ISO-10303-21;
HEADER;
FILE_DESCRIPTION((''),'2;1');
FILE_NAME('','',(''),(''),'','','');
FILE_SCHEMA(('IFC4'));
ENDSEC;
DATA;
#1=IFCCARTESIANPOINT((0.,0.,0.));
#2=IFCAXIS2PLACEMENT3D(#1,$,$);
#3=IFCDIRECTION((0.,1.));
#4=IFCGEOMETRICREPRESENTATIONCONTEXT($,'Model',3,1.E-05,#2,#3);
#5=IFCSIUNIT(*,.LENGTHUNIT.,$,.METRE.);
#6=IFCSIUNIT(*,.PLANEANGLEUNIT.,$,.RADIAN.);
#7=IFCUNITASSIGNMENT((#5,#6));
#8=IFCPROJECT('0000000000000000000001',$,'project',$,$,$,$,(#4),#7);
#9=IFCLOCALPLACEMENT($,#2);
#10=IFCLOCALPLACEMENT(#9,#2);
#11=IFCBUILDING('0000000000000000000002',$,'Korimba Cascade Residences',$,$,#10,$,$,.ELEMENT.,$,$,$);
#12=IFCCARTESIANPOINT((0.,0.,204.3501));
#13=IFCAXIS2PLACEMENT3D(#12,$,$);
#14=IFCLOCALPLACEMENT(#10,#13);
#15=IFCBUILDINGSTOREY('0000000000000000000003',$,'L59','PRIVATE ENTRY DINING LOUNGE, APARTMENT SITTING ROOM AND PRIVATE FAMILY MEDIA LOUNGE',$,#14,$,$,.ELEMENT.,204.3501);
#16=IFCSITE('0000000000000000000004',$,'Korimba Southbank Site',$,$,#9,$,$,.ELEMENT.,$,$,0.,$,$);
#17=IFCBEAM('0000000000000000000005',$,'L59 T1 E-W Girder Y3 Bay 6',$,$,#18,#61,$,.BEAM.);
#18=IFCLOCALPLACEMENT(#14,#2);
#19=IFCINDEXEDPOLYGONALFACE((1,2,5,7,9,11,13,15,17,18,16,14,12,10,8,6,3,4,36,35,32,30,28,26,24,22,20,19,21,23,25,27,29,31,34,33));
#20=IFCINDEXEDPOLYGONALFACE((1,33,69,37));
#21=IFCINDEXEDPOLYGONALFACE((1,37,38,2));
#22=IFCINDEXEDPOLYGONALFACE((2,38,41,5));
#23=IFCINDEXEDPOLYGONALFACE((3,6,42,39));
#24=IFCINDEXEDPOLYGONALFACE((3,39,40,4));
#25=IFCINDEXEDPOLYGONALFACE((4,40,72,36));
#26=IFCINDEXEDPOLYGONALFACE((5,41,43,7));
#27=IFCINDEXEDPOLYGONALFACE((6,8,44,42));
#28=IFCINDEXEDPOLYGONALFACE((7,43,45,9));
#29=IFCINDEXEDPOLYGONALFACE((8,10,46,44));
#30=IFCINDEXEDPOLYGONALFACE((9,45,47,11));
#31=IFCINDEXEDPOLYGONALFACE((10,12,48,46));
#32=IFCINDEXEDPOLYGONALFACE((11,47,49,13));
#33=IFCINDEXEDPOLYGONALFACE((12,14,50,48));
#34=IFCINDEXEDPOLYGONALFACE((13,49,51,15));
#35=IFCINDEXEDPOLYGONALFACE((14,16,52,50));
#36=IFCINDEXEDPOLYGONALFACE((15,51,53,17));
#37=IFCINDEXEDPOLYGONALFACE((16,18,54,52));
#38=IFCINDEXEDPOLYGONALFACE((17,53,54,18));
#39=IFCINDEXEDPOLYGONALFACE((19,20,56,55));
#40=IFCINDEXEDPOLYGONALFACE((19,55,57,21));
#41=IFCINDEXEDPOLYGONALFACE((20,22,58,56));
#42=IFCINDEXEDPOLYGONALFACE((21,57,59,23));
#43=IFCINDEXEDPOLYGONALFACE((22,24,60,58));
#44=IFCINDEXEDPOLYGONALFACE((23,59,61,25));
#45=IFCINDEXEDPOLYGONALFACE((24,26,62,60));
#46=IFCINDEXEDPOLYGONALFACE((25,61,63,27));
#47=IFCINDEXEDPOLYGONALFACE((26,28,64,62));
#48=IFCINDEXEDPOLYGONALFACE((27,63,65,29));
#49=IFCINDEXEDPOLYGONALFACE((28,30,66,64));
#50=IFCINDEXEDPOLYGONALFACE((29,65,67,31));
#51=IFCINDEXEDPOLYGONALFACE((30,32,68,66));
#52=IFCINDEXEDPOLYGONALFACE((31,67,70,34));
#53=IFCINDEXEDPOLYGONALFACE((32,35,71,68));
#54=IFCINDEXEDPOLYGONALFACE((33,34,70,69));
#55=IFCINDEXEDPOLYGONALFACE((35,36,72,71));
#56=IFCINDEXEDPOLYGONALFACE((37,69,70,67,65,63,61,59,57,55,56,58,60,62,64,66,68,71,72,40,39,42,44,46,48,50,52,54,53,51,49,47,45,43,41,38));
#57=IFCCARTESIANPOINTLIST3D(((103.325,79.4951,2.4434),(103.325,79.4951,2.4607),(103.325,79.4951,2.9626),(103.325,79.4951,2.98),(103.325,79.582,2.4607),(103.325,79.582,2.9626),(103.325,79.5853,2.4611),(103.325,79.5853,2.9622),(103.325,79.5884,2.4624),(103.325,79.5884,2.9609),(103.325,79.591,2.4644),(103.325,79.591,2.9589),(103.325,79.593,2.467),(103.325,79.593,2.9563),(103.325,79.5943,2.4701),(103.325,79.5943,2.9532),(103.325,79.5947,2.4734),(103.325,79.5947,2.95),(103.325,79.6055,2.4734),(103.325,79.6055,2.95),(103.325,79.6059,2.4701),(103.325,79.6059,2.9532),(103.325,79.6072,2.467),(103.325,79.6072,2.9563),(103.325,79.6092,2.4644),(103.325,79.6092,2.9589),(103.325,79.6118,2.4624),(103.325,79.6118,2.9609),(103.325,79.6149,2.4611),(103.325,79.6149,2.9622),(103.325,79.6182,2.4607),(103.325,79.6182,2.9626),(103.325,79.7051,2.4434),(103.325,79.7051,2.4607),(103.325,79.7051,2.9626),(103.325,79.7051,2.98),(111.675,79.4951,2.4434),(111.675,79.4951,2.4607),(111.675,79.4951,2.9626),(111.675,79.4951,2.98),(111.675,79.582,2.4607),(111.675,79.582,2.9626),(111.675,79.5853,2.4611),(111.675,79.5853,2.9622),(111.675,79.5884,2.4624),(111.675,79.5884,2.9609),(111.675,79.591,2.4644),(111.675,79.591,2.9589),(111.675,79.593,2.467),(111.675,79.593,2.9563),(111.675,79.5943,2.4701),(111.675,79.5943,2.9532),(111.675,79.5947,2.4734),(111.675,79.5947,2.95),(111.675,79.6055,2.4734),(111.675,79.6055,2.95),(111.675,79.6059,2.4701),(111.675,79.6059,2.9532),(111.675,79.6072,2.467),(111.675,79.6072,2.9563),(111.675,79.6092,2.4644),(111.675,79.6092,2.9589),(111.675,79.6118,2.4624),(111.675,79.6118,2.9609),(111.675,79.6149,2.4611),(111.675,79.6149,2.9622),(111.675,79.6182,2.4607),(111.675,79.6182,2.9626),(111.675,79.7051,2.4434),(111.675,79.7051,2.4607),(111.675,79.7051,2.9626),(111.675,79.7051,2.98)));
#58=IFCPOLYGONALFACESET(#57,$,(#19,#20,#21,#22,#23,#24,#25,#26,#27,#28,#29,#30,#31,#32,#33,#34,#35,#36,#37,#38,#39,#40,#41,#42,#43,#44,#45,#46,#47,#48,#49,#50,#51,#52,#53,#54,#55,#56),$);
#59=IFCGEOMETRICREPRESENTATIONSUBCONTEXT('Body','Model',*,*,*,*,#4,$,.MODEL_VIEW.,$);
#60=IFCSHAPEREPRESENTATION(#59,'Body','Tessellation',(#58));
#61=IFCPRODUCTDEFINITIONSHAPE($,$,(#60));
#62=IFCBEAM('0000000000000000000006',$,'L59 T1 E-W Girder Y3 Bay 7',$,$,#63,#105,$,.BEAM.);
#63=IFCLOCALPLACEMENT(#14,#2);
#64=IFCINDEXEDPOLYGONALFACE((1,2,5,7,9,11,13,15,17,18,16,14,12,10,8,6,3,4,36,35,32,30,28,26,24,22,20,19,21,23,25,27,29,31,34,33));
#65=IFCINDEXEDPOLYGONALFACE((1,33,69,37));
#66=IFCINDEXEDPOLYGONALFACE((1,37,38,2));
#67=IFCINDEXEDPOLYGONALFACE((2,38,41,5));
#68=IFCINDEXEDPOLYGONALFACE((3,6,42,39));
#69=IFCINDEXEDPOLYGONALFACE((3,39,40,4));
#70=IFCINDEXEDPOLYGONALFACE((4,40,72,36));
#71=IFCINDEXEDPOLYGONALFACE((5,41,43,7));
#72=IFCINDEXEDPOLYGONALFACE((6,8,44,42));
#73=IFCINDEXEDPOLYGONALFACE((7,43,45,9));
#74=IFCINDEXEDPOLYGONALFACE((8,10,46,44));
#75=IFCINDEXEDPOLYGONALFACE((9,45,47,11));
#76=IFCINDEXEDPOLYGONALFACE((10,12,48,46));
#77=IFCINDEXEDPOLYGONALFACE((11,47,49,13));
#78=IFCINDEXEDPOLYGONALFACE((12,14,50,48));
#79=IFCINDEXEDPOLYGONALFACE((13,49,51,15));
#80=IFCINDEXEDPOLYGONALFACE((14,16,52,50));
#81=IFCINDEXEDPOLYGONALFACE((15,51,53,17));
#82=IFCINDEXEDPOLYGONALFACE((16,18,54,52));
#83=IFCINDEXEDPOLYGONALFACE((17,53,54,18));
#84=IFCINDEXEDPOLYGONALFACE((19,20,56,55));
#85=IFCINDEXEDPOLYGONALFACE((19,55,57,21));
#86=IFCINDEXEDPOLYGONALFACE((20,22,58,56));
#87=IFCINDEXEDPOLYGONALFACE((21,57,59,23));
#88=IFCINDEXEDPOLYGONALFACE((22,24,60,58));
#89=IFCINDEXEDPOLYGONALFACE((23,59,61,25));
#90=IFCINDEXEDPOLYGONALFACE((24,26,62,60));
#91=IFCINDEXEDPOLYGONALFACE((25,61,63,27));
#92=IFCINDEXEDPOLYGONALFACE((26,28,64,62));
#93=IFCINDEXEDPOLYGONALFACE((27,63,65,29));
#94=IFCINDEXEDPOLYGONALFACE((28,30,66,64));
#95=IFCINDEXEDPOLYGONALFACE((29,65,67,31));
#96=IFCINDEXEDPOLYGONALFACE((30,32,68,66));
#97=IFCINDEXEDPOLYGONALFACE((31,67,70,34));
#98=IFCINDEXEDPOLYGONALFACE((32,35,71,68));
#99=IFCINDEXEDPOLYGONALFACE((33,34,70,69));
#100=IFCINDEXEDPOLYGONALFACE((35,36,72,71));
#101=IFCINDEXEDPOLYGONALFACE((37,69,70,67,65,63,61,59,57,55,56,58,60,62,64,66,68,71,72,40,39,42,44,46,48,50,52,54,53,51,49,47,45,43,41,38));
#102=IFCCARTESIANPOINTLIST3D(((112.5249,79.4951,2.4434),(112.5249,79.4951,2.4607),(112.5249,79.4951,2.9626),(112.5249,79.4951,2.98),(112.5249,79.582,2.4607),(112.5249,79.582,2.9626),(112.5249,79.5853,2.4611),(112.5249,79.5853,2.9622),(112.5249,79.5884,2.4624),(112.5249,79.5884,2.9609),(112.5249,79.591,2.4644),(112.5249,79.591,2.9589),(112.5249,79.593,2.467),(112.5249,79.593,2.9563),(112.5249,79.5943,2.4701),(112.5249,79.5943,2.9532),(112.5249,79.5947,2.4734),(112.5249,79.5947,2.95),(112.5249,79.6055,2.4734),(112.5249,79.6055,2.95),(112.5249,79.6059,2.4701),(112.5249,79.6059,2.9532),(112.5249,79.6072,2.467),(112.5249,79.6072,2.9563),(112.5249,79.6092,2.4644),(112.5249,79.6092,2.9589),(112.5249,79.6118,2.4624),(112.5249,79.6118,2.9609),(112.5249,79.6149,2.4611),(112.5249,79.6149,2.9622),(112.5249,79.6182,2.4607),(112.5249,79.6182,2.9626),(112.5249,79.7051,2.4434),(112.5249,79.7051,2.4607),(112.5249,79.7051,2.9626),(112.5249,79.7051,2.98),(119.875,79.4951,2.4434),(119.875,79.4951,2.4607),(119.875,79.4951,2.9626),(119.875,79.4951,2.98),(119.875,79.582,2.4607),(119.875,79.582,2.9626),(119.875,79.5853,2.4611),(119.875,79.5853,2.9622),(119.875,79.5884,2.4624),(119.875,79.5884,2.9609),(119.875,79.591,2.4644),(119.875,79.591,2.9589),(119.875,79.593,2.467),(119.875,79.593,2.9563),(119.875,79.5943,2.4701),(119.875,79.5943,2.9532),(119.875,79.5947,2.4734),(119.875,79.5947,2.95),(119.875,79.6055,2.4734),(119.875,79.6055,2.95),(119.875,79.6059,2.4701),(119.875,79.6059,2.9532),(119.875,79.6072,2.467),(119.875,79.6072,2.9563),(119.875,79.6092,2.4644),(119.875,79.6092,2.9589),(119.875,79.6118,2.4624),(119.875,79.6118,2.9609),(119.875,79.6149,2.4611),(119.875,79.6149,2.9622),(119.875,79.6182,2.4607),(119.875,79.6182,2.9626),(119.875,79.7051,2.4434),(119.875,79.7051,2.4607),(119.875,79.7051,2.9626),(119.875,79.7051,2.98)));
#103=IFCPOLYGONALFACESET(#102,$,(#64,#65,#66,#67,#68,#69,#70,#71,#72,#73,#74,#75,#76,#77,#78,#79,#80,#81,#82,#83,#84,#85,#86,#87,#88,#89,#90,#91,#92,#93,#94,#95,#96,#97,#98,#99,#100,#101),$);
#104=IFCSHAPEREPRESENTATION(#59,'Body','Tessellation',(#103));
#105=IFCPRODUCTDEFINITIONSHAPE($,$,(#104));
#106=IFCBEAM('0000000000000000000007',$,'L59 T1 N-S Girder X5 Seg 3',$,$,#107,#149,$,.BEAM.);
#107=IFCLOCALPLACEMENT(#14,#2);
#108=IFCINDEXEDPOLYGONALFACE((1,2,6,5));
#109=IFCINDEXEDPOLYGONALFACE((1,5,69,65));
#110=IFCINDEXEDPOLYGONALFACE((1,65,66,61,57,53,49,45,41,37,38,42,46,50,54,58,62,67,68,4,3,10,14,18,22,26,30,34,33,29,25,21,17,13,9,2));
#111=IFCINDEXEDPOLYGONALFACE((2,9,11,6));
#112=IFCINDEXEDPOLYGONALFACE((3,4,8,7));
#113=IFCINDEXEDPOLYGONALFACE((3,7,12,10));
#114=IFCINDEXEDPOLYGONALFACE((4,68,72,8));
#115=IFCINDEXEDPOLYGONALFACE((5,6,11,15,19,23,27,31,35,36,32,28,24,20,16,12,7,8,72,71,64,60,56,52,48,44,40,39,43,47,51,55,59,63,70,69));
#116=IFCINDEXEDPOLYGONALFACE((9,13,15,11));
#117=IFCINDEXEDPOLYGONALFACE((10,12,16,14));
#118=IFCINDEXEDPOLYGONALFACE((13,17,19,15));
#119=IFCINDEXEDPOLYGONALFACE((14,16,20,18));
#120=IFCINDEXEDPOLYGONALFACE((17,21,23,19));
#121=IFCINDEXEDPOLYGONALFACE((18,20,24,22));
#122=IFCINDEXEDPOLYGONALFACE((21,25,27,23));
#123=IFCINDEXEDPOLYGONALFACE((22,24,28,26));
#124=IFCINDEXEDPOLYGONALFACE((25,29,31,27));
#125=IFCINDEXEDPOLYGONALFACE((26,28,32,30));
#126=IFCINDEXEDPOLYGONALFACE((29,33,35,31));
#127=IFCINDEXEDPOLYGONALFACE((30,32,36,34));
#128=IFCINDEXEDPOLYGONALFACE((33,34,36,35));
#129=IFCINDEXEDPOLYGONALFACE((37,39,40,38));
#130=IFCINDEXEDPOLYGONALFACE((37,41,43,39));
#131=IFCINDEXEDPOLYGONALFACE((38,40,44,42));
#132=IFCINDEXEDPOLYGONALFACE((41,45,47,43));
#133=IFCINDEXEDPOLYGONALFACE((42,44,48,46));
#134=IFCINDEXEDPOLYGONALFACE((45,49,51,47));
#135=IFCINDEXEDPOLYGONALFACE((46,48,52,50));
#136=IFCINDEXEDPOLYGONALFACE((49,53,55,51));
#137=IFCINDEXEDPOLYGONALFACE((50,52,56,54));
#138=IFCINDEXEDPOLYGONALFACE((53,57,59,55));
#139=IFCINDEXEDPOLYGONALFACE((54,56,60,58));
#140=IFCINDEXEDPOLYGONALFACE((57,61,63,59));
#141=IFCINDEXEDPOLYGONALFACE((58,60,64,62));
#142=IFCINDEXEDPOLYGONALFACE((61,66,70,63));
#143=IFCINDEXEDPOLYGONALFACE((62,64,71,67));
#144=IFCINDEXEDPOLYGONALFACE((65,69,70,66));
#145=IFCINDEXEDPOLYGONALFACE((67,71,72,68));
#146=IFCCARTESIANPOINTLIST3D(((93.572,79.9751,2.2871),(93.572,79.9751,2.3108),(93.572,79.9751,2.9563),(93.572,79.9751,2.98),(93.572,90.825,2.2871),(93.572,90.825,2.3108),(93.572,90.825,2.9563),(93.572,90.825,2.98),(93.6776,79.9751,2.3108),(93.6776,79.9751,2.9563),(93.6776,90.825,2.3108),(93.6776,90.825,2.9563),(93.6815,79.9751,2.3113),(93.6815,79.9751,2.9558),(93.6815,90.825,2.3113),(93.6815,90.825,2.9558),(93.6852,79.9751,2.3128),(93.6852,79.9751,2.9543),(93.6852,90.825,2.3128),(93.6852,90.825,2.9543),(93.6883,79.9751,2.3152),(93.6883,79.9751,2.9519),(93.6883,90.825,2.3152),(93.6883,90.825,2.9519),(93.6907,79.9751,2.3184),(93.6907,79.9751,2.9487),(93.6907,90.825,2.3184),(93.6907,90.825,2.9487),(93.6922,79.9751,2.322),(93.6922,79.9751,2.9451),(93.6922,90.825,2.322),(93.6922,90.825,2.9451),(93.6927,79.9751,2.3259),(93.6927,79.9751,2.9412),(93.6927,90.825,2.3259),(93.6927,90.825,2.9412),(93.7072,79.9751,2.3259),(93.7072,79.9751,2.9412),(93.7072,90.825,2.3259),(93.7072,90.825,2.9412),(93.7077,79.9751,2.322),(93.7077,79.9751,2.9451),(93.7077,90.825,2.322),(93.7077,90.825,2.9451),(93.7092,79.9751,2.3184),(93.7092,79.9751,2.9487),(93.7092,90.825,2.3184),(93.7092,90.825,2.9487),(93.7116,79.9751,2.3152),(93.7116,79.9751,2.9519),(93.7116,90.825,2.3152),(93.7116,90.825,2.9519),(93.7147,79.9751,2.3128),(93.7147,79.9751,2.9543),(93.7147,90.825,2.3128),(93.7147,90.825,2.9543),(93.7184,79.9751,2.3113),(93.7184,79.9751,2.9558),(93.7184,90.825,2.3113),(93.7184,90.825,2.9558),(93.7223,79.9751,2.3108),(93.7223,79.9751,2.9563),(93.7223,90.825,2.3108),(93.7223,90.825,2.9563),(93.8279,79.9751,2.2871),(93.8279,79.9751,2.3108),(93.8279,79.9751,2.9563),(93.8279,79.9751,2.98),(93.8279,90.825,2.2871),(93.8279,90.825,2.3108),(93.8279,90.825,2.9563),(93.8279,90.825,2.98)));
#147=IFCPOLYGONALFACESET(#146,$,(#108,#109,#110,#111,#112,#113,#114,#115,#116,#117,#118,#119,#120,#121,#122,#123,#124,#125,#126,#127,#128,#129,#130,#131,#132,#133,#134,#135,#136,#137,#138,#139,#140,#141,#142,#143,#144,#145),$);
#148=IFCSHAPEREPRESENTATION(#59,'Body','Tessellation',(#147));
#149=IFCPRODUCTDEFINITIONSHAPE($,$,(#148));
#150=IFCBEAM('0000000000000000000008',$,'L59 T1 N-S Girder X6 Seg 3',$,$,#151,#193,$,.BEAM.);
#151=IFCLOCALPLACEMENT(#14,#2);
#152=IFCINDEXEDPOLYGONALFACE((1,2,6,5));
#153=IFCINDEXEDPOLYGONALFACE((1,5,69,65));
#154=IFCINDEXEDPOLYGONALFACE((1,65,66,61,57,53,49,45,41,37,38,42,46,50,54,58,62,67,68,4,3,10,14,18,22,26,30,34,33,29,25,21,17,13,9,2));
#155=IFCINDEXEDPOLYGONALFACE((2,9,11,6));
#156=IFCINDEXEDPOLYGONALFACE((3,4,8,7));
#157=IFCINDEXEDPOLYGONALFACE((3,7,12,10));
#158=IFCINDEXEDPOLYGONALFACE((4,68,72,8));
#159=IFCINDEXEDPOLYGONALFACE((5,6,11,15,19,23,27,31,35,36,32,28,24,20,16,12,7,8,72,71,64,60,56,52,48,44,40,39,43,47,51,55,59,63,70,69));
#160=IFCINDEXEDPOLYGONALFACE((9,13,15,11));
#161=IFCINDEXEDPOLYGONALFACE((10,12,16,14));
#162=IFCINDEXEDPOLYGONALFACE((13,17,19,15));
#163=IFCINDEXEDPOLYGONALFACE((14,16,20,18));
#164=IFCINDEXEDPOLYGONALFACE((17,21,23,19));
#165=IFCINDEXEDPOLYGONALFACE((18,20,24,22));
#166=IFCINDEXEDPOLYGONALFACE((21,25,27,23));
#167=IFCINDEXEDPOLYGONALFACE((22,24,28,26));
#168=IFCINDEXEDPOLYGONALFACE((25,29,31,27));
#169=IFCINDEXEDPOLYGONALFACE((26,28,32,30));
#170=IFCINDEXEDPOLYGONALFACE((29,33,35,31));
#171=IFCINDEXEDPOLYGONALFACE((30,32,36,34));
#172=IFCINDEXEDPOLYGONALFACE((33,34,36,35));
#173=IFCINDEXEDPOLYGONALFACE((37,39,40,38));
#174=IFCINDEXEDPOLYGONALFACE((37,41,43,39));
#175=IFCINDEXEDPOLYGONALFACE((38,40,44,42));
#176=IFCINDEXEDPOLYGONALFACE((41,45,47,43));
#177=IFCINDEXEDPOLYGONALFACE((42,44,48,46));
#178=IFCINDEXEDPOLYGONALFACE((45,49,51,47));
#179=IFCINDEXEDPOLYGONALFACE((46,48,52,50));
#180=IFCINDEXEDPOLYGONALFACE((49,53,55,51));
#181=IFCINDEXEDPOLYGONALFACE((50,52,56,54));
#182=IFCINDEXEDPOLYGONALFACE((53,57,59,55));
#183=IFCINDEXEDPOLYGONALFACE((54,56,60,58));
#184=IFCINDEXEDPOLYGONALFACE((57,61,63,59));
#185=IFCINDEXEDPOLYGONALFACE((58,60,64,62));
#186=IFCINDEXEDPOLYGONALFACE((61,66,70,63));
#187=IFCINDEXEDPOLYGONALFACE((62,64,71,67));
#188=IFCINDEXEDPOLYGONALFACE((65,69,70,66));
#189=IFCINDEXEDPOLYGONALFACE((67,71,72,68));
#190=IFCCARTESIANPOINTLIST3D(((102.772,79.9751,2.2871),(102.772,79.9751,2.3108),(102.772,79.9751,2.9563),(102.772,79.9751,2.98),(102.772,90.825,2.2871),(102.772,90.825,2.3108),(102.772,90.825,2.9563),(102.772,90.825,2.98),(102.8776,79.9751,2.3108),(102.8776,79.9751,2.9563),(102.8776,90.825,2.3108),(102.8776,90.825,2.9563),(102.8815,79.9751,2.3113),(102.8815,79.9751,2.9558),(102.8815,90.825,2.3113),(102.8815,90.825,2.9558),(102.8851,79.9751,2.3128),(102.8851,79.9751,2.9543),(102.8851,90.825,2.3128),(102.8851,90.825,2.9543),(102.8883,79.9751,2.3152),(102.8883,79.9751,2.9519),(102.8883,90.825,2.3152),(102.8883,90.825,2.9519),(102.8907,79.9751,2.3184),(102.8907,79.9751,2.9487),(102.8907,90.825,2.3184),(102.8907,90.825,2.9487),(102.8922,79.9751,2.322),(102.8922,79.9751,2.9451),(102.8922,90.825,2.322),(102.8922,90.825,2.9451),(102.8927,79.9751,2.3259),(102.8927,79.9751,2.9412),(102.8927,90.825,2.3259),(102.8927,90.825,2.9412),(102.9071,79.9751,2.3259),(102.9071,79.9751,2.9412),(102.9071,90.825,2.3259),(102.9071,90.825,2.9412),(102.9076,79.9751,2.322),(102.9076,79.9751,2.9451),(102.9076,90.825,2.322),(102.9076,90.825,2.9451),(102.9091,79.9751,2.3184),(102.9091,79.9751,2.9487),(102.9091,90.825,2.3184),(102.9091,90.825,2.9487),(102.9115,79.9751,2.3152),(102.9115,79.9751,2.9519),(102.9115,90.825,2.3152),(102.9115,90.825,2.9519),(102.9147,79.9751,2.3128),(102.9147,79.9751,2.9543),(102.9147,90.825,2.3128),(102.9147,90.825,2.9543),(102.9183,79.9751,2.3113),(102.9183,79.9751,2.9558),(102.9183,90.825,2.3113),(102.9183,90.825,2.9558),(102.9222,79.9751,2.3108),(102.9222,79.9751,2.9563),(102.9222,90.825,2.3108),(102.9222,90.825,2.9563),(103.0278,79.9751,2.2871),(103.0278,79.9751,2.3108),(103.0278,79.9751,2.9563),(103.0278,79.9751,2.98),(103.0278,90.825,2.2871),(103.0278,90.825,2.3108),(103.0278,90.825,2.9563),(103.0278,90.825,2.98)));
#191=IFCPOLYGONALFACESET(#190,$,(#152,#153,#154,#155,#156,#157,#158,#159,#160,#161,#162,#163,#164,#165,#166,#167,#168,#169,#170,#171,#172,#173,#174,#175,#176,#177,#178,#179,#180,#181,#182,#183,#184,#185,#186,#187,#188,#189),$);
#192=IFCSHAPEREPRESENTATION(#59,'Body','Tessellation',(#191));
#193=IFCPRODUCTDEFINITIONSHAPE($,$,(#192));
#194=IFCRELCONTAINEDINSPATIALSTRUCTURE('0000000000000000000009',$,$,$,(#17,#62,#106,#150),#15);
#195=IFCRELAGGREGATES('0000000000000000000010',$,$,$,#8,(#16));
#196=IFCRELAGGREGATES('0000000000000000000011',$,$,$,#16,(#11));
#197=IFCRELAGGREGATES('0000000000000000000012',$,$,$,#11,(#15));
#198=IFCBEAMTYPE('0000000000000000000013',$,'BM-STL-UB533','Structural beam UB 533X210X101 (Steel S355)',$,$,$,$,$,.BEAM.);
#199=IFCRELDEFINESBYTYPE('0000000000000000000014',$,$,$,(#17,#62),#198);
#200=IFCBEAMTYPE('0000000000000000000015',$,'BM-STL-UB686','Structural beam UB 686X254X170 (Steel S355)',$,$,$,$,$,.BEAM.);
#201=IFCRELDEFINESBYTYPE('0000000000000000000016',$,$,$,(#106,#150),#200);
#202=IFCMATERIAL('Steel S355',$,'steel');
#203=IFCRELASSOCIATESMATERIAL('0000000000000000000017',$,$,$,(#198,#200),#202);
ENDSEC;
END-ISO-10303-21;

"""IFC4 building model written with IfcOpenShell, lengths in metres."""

from ifc_helpers import new_model, si_unit, direction, frame, origin, origin_2d, place, context, subcontext, project, spatial, i_section, extrude, material, material_profile, profile_set, type_object, element, save


model = new_model("IFC4")

# Units and contexts
model_context = context("Model", 3, precision=1e-05, world=origin(), true_north=direction((0.0, 1.0)))
body_context = subcontext(model_context, "Body", "Model", "MODEL_VIEW")
ifc_project = project(units=[si_unit("LENGTHUNIT", "METRE"), si_unit("PLANEANGLEUNIT", "RADIAN")], contexts=[model_context])

# Site, building, storey
site_placement = place(None, origin())
site = spatial("IfcSite", under=ifc_project, at=site_placement, Name="Korimba Southbank Site", CompositionType="ELEMENT", RefElevation=0.0)
building_placement = place(site_placement, origin())
building = spatial("IfcBuilding", under=site, at=building_placement, Name="Korimba Cascade Residences", CompositionType="ELEMENT")
storey_placement = place(building_placement, frame((0.0, 0.0, 204.3501)))
storey = spatial("IfcBuildingStorey", under=building, at=storey_placement, Name="L59", Description="PRIVATE ENTRY DINING LOUNGE, APARTMENT SITTING ROOM AND PRIVATE FAMILY MEDIA LOUNGE", CompositionType="ELEMENT", Elevation=204.3501)

# Beams
ifc_material_1 = material(Name="Steel S355", Category="steel")
ifc_material_profile_1 = material_profile(ifc_material_1, i_section(OverallWidth=0.21, OverallDepth=0.5366, WebThickness=0.0107, FlangeThickness=0.0173, FilletRadius=0.0127, at=origin_2d()), Name="Steel S355")
ifc_profile_set_1 = profile_set([ifc_material_profile_1], Name="Steel S355")
beam_type_1 = type_object("IfcBeamType", Name="BM-STL-UB533", Description="Structural beam UB 533X210X101 (Steel S355)", PredefinedType="BEAM", material=ifc_profile_set_1)
for number, where, z_axis, x_axis, name in (
    (1, (103.325, 79.6001, 2.7117), (1.0, 0.0, 0.0), (0.0, 1.0, 0.0), "L59 T1 E-W Girder Y3 Bay 6"),
):
    element("IfcBeam", number, at=place(storey_placement, frame(where, z_axis=z_axis, x_axis=x_axis)), inside=storey, type_object=beam_type_1, Name=name, PredefinedType="BEAM", context=body_context, shape_type="SweptSolid", body=[
        extrude(i_section(OverallWidth=0.21, OverallDepth=0.5366, WebThickness=0.0107, FlangeThickness=0.0173, FilletRadius=0.0127, at=origin_2d()), origin(), (0.0, 0.0, 1.0), 8.3501),
    ])
beam_placement = place(storey_placement, frame((112.5249, 79.6001, 2.7117), z_axis=(1.0, 0.0, 0.0), x_axis=(0.0, 1.0, 0.0)))
element("IfcBeam", 2, at=beam_placement, inside=storey, type_object=beam_type_1, Name="L59 T1 E-W Girder Y3 Bay 7", PredefinedType="BEAM", context=body_context, shape_type="SweptSolid", body=[
    extrude(i_section(OverallWidth=0.21, OverallDepth=0.5366, WebThickness=0.0107, FlangeThickness=0.0173, FilletRadius=0.0127, at=origin_2d()), origin(), (0.0, 0.0, 1.0), 7.3501),
])
ifc_material_profile_2 = material_profile(ifc_material_1, i_section(OverallWidth=0.2559, OverallDepth=0.6929, WebThickness=0.0144, FlangeThickness=0.0237, FilletRadius=0.0151, at=origin_2d()), Name="Steel S355")
ifc_profile_set_2 = profile_set([ifc_material_profile_2], Name="Steel S355")
beam_type_2 = type_object("IfcBeamType", Name="BM-STL-UB686", Description="Structural beam UB 686X254X170 (Steel S355)", PredefinedType="BEAM", material=ifc_profile_set_2)
for number, where, z_axis, x_axis, name in (
    (3, (93.7, 79.9751, 2.6335), (0.0, 1.0, 0.0), (-1.0, 0.0, 0.0), "L59 T1 N-S Girder X5 Seg 3"),
    (4, (102.8999, 79.9751, 2.6335), (0.0, 1.0, 0.0), (-1.0, 0.0, 0.0), "L59 T1 N-S Girder X6 Seg 3"),
):
    element("IfcBeam", number, at=place(storey_placement, frame(where, z_axis=z_axis, x_axis=x_axis)), inside=storey, type_object=beam_type_2, Name=name, PredefinedType="BEAM", context=body_context, shape_type="SweptSolid", body=[
        extrude(i_section(OverallWidth=0.2559, OverallDepth=0.6929, WebThickness=0.0144, FlangeThickness=0.0237, FilletRadius=0.0151, at=origin_2d()), origin(), (0.0, 0.0, 1.0), 10.8499),
    ])

save(model, "model.ifc")
